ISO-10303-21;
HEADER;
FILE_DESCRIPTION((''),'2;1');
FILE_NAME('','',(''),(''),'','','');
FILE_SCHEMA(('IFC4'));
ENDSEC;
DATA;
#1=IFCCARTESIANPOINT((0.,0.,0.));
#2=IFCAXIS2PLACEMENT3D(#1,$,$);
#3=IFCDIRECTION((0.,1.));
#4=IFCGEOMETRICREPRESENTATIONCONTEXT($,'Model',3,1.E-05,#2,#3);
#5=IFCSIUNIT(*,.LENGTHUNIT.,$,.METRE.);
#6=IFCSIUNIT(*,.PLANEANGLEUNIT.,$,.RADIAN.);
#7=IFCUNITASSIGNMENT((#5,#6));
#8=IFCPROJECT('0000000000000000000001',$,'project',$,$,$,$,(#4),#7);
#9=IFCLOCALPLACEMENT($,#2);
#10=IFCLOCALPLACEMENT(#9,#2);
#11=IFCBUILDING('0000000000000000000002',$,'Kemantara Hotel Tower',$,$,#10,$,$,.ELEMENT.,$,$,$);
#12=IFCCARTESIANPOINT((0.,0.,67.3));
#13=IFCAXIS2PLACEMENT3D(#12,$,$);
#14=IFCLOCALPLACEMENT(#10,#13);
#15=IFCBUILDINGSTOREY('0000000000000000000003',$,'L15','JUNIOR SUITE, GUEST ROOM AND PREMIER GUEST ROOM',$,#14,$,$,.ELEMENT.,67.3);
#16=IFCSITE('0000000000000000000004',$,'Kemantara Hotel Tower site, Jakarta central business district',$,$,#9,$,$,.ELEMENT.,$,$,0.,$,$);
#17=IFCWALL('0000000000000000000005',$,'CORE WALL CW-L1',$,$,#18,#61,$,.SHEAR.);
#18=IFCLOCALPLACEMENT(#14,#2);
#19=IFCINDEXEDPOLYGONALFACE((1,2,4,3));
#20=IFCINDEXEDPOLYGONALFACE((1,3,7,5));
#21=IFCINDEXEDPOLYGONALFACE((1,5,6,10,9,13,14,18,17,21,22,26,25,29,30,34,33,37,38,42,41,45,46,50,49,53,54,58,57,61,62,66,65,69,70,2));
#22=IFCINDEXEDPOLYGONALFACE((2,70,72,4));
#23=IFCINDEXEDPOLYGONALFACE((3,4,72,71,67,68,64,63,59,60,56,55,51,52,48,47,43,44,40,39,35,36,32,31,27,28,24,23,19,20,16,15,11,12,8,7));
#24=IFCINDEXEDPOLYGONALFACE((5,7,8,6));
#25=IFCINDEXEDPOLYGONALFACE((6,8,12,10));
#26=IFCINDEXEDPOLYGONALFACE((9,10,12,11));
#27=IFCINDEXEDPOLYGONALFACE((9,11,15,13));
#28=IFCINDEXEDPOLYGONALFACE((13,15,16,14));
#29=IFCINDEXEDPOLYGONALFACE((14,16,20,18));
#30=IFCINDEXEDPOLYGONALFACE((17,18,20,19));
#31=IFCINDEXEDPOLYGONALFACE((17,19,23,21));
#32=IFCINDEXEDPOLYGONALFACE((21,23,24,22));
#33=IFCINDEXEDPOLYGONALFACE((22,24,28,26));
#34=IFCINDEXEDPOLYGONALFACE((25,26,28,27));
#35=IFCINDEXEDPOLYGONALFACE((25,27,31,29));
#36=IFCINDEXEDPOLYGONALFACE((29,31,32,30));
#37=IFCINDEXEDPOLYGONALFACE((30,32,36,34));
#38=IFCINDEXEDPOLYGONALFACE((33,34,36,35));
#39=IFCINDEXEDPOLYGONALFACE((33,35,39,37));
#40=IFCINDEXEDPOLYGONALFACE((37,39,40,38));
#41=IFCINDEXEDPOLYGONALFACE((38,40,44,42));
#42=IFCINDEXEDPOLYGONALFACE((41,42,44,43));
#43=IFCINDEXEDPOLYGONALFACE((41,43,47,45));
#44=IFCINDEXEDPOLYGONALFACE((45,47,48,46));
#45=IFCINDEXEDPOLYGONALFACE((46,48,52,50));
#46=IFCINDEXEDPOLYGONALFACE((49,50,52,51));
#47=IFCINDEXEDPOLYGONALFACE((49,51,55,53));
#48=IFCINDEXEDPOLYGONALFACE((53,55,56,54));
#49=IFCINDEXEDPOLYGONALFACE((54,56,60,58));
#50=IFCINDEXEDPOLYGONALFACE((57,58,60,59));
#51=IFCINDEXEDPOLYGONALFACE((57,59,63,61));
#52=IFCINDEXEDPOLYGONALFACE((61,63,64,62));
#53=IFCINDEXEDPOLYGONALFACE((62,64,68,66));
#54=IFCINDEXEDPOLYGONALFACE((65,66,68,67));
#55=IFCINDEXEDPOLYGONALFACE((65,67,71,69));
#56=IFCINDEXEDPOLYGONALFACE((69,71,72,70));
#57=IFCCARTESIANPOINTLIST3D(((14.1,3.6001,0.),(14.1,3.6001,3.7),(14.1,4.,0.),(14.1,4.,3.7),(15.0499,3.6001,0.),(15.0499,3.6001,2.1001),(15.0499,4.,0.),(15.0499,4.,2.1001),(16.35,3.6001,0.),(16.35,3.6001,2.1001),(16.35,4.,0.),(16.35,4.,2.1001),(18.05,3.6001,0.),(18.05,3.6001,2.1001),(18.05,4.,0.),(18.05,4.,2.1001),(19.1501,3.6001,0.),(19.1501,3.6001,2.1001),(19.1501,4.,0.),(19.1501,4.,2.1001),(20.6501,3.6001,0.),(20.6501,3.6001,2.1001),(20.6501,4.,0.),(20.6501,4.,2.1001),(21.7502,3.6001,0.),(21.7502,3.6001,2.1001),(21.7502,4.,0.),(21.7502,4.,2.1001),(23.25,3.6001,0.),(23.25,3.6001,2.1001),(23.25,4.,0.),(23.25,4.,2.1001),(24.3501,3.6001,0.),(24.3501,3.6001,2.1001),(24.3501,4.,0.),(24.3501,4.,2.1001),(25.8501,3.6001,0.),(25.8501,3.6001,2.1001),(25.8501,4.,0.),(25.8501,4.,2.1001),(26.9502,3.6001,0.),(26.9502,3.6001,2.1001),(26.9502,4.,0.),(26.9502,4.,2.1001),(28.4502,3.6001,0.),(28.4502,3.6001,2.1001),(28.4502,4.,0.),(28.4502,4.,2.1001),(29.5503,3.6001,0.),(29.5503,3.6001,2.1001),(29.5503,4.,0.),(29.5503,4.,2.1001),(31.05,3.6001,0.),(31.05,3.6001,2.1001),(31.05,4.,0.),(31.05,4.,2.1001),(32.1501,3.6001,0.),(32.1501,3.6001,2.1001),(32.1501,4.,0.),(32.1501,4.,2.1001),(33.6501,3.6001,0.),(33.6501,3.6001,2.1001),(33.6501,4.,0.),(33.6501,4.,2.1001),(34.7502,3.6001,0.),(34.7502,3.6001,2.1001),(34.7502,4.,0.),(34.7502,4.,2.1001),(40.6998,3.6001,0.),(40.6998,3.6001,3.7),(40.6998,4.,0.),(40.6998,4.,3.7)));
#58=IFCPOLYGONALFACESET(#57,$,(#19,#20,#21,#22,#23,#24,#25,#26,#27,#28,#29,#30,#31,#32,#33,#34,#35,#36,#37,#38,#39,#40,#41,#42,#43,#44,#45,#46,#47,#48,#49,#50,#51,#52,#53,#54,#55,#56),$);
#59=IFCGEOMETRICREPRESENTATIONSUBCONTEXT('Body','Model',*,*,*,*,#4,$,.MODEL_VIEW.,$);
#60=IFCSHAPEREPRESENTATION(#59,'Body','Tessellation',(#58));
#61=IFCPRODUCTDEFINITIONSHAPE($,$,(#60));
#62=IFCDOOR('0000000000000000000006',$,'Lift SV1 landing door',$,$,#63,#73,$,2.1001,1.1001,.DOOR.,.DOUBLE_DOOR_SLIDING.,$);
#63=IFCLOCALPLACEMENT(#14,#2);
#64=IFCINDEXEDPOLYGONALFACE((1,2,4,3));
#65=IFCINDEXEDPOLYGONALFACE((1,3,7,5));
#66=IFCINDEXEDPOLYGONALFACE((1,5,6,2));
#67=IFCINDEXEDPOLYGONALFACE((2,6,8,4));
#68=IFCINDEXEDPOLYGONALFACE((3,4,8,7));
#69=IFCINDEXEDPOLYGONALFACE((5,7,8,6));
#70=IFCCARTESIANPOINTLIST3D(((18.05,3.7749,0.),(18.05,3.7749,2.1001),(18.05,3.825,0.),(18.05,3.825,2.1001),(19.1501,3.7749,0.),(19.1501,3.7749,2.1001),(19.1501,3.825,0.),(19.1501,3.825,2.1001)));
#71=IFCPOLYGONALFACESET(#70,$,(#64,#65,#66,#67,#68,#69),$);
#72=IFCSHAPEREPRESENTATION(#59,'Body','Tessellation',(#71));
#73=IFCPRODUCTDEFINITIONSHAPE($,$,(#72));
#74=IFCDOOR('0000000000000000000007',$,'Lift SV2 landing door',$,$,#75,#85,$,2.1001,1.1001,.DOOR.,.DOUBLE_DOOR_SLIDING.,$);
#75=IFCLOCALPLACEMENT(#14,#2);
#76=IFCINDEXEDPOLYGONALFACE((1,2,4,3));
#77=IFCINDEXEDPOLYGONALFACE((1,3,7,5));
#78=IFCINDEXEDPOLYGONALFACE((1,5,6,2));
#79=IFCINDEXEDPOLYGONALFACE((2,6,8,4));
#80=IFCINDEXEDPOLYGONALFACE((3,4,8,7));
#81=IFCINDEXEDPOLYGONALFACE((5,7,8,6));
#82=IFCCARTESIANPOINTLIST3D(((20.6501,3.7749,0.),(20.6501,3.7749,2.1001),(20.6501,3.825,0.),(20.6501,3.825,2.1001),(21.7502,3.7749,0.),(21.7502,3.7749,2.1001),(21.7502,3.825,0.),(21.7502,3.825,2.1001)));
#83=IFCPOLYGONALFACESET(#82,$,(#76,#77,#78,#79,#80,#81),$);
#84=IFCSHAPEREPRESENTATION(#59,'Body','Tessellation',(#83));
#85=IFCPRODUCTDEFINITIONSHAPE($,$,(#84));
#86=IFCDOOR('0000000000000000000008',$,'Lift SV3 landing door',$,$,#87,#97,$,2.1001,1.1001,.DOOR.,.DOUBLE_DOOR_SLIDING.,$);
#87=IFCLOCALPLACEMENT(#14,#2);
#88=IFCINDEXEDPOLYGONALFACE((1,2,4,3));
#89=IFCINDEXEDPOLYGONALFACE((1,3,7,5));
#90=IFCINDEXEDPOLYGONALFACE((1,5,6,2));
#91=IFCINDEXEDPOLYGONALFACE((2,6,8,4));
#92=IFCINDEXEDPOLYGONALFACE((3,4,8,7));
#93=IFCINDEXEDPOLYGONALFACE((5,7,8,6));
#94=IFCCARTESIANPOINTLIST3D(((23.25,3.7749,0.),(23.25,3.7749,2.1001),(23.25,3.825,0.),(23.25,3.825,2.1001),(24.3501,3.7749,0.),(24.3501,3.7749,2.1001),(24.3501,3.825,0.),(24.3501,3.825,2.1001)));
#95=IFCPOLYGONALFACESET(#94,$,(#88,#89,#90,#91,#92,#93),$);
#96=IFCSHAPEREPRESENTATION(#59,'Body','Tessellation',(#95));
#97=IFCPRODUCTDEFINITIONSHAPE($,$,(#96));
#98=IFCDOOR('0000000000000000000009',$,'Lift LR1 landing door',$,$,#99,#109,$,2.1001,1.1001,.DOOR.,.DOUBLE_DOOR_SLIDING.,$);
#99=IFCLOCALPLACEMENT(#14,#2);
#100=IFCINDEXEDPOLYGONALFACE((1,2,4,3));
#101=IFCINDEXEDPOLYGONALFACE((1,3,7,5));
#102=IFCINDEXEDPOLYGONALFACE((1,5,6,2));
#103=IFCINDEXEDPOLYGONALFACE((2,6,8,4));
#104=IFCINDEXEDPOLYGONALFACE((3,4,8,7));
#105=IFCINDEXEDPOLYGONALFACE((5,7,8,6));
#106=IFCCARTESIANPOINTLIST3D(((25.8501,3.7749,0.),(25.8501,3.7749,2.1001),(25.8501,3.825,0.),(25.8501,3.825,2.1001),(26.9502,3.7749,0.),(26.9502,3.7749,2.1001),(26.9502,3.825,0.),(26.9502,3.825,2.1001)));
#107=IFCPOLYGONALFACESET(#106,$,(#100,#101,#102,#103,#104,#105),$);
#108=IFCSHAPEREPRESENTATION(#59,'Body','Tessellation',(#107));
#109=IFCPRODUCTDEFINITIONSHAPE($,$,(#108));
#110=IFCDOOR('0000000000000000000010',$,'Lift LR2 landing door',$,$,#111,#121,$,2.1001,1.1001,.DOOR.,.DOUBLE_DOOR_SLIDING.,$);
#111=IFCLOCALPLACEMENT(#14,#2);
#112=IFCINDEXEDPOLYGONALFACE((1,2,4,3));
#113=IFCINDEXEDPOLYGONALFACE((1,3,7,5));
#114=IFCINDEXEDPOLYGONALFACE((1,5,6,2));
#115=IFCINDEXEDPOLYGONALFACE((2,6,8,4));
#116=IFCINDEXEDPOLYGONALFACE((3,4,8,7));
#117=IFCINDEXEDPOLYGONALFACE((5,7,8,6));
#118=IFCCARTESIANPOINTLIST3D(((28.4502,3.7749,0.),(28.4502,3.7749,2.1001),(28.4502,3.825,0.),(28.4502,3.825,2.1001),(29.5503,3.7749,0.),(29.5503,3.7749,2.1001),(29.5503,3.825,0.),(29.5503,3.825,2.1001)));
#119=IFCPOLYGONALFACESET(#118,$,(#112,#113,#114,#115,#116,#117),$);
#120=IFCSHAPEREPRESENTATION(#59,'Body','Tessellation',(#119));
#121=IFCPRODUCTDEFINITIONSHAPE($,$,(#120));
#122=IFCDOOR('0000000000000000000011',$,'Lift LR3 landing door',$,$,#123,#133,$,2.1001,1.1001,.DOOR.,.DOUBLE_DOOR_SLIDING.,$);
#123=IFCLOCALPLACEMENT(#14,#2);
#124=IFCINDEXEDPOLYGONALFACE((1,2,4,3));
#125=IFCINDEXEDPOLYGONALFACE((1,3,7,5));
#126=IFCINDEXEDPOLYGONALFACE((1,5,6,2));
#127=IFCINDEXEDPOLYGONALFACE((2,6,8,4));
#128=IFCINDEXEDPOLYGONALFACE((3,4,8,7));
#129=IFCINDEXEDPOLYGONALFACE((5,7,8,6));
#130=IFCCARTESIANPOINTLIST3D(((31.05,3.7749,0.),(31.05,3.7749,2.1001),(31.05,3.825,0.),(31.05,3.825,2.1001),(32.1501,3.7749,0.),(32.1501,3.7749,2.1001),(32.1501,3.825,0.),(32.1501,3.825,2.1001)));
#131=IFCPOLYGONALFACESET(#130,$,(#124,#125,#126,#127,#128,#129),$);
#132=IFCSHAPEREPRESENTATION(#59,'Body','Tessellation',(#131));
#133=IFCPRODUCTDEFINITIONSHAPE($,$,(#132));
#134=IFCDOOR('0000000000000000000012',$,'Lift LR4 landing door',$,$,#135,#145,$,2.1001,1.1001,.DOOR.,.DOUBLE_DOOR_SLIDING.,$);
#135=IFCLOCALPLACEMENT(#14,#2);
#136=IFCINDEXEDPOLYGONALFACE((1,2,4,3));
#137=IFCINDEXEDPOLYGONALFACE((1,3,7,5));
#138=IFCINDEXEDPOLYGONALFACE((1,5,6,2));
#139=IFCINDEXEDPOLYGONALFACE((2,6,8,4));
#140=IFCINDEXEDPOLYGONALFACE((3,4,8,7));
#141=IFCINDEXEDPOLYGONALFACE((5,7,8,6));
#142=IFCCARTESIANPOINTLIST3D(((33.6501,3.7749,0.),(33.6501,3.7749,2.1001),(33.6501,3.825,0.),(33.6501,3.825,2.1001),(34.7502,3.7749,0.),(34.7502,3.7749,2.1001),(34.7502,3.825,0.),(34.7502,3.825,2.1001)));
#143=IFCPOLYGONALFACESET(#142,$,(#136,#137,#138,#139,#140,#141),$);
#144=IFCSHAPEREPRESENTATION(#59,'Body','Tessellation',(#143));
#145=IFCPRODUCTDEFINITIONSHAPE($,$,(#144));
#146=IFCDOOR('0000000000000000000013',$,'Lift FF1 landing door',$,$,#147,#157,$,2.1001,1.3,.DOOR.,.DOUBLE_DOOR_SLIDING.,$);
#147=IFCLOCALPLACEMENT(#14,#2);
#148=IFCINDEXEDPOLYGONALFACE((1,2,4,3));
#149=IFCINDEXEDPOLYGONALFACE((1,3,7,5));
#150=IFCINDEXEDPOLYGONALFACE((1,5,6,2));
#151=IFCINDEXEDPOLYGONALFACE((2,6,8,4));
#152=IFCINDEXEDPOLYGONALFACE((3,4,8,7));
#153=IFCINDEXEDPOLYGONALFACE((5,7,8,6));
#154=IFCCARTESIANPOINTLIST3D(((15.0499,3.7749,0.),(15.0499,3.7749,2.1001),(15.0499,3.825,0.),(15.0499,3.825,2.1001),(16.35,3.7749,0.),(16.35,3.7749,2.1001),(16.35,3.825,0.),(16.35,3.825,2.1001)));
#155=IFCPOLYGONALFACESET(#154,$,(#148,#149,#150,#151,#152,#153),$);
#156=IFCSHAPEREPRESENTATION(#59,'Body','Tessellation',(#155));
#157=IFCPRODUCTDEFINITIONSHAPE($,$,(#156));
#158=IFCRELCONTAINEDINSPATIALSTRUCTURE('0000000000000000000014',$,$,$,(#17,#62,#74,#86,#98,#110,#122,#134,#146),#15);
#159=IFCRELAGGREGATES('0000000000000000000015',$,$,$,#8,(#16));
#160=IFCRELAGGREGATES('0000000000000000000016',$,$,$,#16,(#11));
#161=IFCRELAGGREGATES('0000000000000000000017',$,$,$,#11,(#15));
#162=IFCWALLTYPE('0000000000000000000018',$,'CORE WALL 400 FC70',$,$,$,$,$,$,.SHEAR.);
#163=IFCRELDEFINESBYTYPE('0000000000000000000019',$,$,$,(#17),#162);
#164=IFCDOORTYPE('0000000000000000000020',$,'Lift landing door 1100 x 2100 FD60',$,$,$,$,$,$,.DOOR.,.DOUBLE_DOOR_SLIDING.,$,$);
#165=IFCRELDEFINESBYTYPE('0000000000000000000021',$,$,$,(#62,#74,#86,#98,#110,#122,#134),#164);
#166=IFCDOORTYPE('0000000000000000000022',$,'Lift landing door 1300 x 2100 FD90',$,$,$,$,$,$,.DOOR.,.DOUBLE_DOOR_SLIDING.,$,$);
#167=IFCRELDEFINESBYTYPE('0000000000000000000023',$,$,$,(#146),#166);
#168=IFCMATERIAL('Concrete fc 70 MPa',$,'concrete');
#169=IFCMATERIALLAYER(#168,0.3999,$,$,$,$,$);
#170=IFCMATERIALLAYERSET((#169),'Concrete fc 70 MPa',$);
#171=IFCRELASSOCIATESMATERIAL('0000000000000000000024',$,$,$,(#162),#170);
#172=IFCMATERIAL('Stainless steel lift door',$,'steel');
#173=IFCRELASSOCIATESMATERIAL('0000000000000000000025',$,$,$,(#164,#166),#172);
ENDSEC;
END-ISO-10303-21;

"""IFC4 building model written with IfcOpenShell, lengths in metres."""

from ifc_helpers import new_model, si_unit, direction, frame, frame_2d, origin, place, context, subcontext, project, spatial, rectangle, extrude, material, layer, layer_set, type_object, element, fill, save


model = new_model("IFC4")

# Units and contexts
model_context = context("Model", 3, precision=1e-05, world=origin(), true_north=direction((0.0, 1.0)))
body_context = subcontext(model_context, "Body", "Model", "MODEL_VIEW")
ifc_project = project(units=[si_unit("LENGTHUNIT", "METRE"), si_unit("PLANEANGLEUNIT", "RADIAN")], contexts=[model_context])

# Site, building, storey
site_placement = place(None, origin())
site = spatial("IfcSite", under=ifc_project, at=site_placement, Name="Kemantara Hotel Tower site, Jakarta central business district", CompositionType="ELEMENT", RefElevation=0.0)
building_placement = place(site_placement, origin())
building = spatial("IfcBuilding", under=site, at=building_placement, Name="Kemantara Hotel Tower", CompositionType="ELEMENT")
storey_placement = place(building_placement, frame((0.0, 0.0, 67.3)))
storey = spatial("IfcBuildingStorey", under=building, at=storey_placement, Name="L15", Description="JUNIOR SUITE, GUEST ROOM AND PREMIER GUEST ROOM", CompositionType="ELEMENT", Elevation=67.3)

# Shared definitions
ifc_material_1 = material(Name="Concrete fc 70 MPa", Category="concrete")

# Shared definitions
ifc_layer_1 = layer(ifc_material_1, 0.3999)
ifc_layer_set_1 = layer_set([ifc_layer_1], Name="Concrete fc 70 MPa")
wall_type_1 = type_object("IfcWallType", Name="CORE WALL 400 FC70", PredefinedType="SHEAR", material=ifc_layer_set_1)

# Wall, openings, doors
wall_1_placement = place(storey_placement, frame((14.1001, 3.8, 0.0), z_axis=(0.0, 0.0, 1.0), x_axis=(1.0, 0.0, 0.0)))
wall_1 = element("IfcWall", 1, at=wall_1_placement, inside=storey, type_object=wall_type_1, Name="CORE WALL CW-L1", PredefinedType="SHEAR", context=body_context, shape_type="SweptSolid", body=[
    extrude(rectangle(XDim=26.5999, YDim=0.3999, at=frame_2d((13.2998, 0.0))), origin(), (0.0, 0.0, 1.0), 3.7),
])
opening_1_placement = place(wall_1_placement, frame((0.95, 0.0, 0.0)))
opening_1 = element("IfcOpeningElement", 2, at=opening_1_placement, cuts=wall_1, PredefinedType="OPENING", context=body_context, shape_type="SweptSolid", body=[
    extrude(rectangle(XDim=1.3, YDim=2.1001, at=frame_2d((0.6499, 1.05))), frame((0.0, 0.21, 0.0), z_axis=(0.0, -1.0, 0.0), x_axis=(1.0, 0.0, 0.0)), (0.0, 0.0, 1.0), 0.4199),
])
opening_2_placement = place(wall_1_placement, frame((3.95, 0.0, 0.0)))
opening_2 = element("IfcOpeningElement", 3, at=opening_2_placement, cuts=wall_1, PredefinedType="OPENING", context=body_context, shape_type="SweptSolid", body=[
    extrude(rectangle(XDim=1.1001, YDim=2.1001, at=frame_2d((0.55, 1.05))), frame((0.0, 0.21, 0.0), z_axis=(0.0, -1.0, 0.0), x_axis=(1.0, 0.0, 0.0)), (0.0, 0.0, 1.0), 0.4199),
])
opening_3_placement = place(wall_1_placement, frame((6.55, 0.0, 0.0)))
opening_3 = element("IfcOpeningElement", 4, at=opening_3_placement, cuts=wall_1, PredefinedType="OPENING", context=body_context, shape_type="SweptSolid", body=[
    extrude(rectangle(XDim=1.1001, YDim=2.1001, at=frame_2d((0.55, 1.05))), frame((0.0, 0.21, 0.0), z_axis=(0.0, -1.0, 0.0), x_axis=(1.0, 0.0, 0.0)), (0.0, 0.0, 1.0), 0.4199),
])
opening_4_placement = place(wall_1_placement, frame((9.1499, 0.0, 0.0)))
opening_4 = element("IfcOpeningElement", 5, at=opening_4_placement, cuts=wall_1, PredefinedType="OPENING", context=body_context, shape_type="SweptSolid", body=[
    extrude(rectangle(XDim=1.1001, YDim=2.1001, at=frame_2d((0.55, 1.05))), frame((0.0, 0.21, 0.0), z_axis=(0.0, -1.0, 0.0), x_axis=(1.0, 0.0, 0.0)), (0.0, 0.0, 1.0), 0.4199),
])
opening_5_placement = place(wall_1_placement, frame((11.75, 0.0, 0.0)))
opening_5 = element("IfcOpeningElement", 6, at=opening_5_placement, cuts=wall_1, PredefinedType="OPENING", context=body_context, shape_type="SweptSolid", body=[
    extrude(rectangle(XDim=1.1001, YDim=2.1001, at=frame_2d((0.55, 1.05))), frame((0.0, 0.21, 0.0), z_axis=(0.0, -1.0, 0.0), x_axis=(1.0, 0.0, 0.0)), (0.0, 0.0, 1.0), 0.4199),
])
opening_6_placement = place(wall_1_placement, frame((14.3501, 0.0, 0.0)))
opening_6 = element("IfcOpeningElement", 7, at=opening_6_placement, cuts=wall_1, PredefinedType="OPENING", context=body_context, shape_type="SweptSolid", body=[
    extrude(rectangle(XDim=1.1001, YDim=2.1001, at=frame_2d((0.55, 1.05))), frame((0.0, 0.21, 0.0), z_axis=(0.0, -1.0, 0.0), x_axis=(1.0, 0.0, 0.0)), (0.0, 0.0, 1.0), 0.4199),
])
opening_7_placement = place(wall_1_placement, frame((16.95, 0.0, 0.0)))
opening_7 = element("IfcOpeningElement", 8, at=opening_7_placement, cuts=wall_1, PredefinedType="OPENING", context=body_context, shape_type="SweptSolid", body=[
    extrude(rectangle(XDim=1.1001, YDim=2.1001, at=frame_2d((0.55, 1.05))), frame((0.0, 0.21, 0.0), z_axis=(0.0, -1.0, 0.0), x_axis=(1.0, 0.0, 0.0)), (0.0, 0.0, 1.0), 0.4199),
])
opening_8_placement = place(wall_1_placement, frame((19.55, 0.0, 0.0)))
opening_8 = element("IfcOpeningElement", 9, at=opening_8_placement, cuts=wall_1, PredefinedType="OPENING", context=body_context, shape_type="SweptSolid", body=[
    extrude(rectangle(XDim=1.1001, YDim=2.1001, at=frame_2d((0.55, 1.05))), frame((0.0, 0.21, 0.0), z_axis=(0.0, -1.0, 0.0), x_axis=(1.0, 0.0, 0.0)), (0.0, 0.0, 1.0), 0.4199),
])
ifc_material_2 = material(Name="Stainless steel lift door", Category="steel")
door_type_1 = type_object("IfcDoorType", Name="Lift landing door 1100 x 2100 FD60", OperationType="DOUBLE_DOOR_SLIDING", PredefinedType="DOOR", material=ifc_material_2)
door_1_placement = place(opening_2_placement, origin())
door_1 = element("IfcDoor", 10, at=door_1_placement, inside=storey, type_object=door_type_1, Name="Lift SV1 landing door", OperationType="DOUBLE_DOOR_SLIDING", OverallHeight=2.1001, OverallWidth=1.1001, PredefinedType="DOOR", context=body_context, shape_type="SweptSolid", body=[
    extrude(rectangle(XDim=1.1001, YDim=2.1001, at=frame_2d((0.55, 1.05))), frame((0.0, 0.0249, 0.0), z_axis=(0.0, -1.0, 0.0), x_axis=(1.0, 0.0, 0.0)), (0.0, 0.0, 1.0), 0.05),
])
fill(opening_2, door_1)
door_2_placement = place(opening_3_placement, origin())
door_2 = element("IfcDoor", 11, at=door_2_placement, inside=storey, type_object=door_type_1, Name="Lift SV2 landing door", OperationType="DOUBLE_DOOR_SLIDING", OverallHeight=2.1001, OverallWidth=1.1001, PredefinedType="DOOR", context=body_context, shape_type="SweptSolid", body=[
    extrude(rectangle(XDim=1.1001, YDim=2.1001, at=frame_2d((0.55, 1.05))), frame((0.0, 0.0249, 0.0), z_axis=(0.0, -1.0, 0.0), x_axis=(1.0, 0.0, 0.0)), (0.0, 0.0, 1.0), 0.05),
])
fill(opening_3, door_2)
door_3_placement = place(opening_4_placement, origin())
door_3 = element("IfcDoor", 12, at=door_3_placement, inside=storey, type_object=door_type_1, Name="Lift SV3 landing door", OperationType="DOUBLE_DOOR_SLIDING", OverallHeight=2.1001, OverallWidth=1.1001, PredefinedType="DOOR", context=body_context, shape_type="SweptSolid", body=[
    extrude(rectangle(XDim=1.1001, YDim=2.1001, at=frame_2d((0.55, 1.05))), frame((0.0, 0.0249, 0.0), z_axis=(0.0, -1.0, 0.0), x_axis=(1.0, 0.0, 0.0)), (0.0, 0.0, 1.0), 0.05),
])
fill(opening_4, door_3)
door_4_placement = place(opening_5_placement, origin())
door_4 = element("IfcDoor", 13, at=door_4_placement, inside=storey, type_object=door_type_1, Name="Lift LR1 landing door", OperationType="DOUBLE_DOOR_SLIDING", OverallHeight=2.1001, OverallWidth=1.1001, PredefinedType="DOOR", context=body_context, shape_type="SweptSolid", body=[
    extrude(rectangle(XDim=1.1001, YDim=2.1001, at=frame_2d((0.55, 1.05))), frame((0.0, 0.0249, 0.0), z_axis=(0.0, -1.0, 0.0), x_axis=(1.0, 0.0, 0.0)), (0.0, 0.0, 1.0), 0.05),
])
fill(opening_5, door_4)
door_5_placement = place(opening_6_placement, origin())
door_5 = element("IfcDoor", 14, at=door_5_placement, inside=storey, type_object=door_type_1, Name="Lift LR2 landing door", OperationType="DOUBLE_DOOR_SLIDING", OverallHeight=2.1001, OverallWidth=1.1001, PredefinedType="DOOR", context=body_context, shape_type="SweptSolid", body=[
    extrude(rectangle(XDim=1.1001, YDim=2.1001, at=frame_2d((0.55, 1.05))), frame((0.0, 0.0249, 0.0), z_axis=(0.0, -1.0, 0.0), x_axis=(1.0, 0.0, 0.0)), (0.0, 0.0, 1.0), 0.05),
])
fill(opening_6, door_5)
door_6_placement = place(opening_7_placement, origin())
door_6 = element("IfcDoor", 15, at=door_6_placement, inside=storey, type_object=door_type_1, Name="Lift LR3 landing door", OperationType="DOUBLE_DOOR_SLIDING", OverallHeight=2.1001, OverallWidth=1.1001, PredefinedType="DOOR", context=body_context, shape_type="SweptSolid", body=[
    extrude(rectangle(XDim=1.1001, YDim=2.1001, at=frame_2d((0.55, 1.05))), frame((0.0, 0.0249, 0.0), z_axis=(0.0, -1.0, 0.0), x_axis=(1.0, 0.0, 0.0)), (0.0, 0.0, 1.0), 0.05),
])
fill(opening_7, door_6)
door_7_placement = place(opening_8_placement, origin())
door_7 = element("IfcDoor", 16, at=door_7_placement, inside=storey, type_object=door_type_1, Name="Lift LR4 landing door", OperationType="DOUBLE_DOOR_SLIDING", OverallHeight=2.1001, OverallWidth=1.1001, PredefinedType="DOOR", context=body_context, shape_type="SweptSolid", body=[
    extrude(rectangle(XDim=1.1001, YDim=2.1001, at=frame_2d((0.55, 1.05))), frame((0.0, 0.0249, 0.0), z_axis=(0.0, -1.0, 0.0), x_axis=(1.0, 0.0, 0.0)), (0.0, 0.0, 1.0), 0.05),
])
fill(opening_8, door_7)
door_type_2 = type_object("IfcDoorType", Name="Lift landing door 1300 x 2100 FD90", OperationType="DOUBLE_DOOR_SLIDING", PredefinedType="DOOR", material=ifc_material_2)
door_8_placement = place(opening_1_placement, origin())
door_8 = element("IfcDoor", 17, at=door_8_placement, inside=storey, type_object=door_type_2, Name="Lift FF1 landing door", OperationType="DOUBLE_DOOR_SLIDING", OverallHeight=2.1001, OverallWidth=1.3, PredefinedType="DOOR", context=body_context, shape_type="SweptSolid", body=[
    extrude(rectangle(XDim=1.3, YDim=2.1001, at=frame_2d((0.6499, 1.05))), frame((0.0, 0.0249, 0.0), z_axis=(0.0, -1.0, 0.0), x_axis=(1.0, 0.0, 0.0)), (0.0, 0.0, 1.0), 0.05),
])
fill(opening_1, door_8)

save(model, "model.ifc")
